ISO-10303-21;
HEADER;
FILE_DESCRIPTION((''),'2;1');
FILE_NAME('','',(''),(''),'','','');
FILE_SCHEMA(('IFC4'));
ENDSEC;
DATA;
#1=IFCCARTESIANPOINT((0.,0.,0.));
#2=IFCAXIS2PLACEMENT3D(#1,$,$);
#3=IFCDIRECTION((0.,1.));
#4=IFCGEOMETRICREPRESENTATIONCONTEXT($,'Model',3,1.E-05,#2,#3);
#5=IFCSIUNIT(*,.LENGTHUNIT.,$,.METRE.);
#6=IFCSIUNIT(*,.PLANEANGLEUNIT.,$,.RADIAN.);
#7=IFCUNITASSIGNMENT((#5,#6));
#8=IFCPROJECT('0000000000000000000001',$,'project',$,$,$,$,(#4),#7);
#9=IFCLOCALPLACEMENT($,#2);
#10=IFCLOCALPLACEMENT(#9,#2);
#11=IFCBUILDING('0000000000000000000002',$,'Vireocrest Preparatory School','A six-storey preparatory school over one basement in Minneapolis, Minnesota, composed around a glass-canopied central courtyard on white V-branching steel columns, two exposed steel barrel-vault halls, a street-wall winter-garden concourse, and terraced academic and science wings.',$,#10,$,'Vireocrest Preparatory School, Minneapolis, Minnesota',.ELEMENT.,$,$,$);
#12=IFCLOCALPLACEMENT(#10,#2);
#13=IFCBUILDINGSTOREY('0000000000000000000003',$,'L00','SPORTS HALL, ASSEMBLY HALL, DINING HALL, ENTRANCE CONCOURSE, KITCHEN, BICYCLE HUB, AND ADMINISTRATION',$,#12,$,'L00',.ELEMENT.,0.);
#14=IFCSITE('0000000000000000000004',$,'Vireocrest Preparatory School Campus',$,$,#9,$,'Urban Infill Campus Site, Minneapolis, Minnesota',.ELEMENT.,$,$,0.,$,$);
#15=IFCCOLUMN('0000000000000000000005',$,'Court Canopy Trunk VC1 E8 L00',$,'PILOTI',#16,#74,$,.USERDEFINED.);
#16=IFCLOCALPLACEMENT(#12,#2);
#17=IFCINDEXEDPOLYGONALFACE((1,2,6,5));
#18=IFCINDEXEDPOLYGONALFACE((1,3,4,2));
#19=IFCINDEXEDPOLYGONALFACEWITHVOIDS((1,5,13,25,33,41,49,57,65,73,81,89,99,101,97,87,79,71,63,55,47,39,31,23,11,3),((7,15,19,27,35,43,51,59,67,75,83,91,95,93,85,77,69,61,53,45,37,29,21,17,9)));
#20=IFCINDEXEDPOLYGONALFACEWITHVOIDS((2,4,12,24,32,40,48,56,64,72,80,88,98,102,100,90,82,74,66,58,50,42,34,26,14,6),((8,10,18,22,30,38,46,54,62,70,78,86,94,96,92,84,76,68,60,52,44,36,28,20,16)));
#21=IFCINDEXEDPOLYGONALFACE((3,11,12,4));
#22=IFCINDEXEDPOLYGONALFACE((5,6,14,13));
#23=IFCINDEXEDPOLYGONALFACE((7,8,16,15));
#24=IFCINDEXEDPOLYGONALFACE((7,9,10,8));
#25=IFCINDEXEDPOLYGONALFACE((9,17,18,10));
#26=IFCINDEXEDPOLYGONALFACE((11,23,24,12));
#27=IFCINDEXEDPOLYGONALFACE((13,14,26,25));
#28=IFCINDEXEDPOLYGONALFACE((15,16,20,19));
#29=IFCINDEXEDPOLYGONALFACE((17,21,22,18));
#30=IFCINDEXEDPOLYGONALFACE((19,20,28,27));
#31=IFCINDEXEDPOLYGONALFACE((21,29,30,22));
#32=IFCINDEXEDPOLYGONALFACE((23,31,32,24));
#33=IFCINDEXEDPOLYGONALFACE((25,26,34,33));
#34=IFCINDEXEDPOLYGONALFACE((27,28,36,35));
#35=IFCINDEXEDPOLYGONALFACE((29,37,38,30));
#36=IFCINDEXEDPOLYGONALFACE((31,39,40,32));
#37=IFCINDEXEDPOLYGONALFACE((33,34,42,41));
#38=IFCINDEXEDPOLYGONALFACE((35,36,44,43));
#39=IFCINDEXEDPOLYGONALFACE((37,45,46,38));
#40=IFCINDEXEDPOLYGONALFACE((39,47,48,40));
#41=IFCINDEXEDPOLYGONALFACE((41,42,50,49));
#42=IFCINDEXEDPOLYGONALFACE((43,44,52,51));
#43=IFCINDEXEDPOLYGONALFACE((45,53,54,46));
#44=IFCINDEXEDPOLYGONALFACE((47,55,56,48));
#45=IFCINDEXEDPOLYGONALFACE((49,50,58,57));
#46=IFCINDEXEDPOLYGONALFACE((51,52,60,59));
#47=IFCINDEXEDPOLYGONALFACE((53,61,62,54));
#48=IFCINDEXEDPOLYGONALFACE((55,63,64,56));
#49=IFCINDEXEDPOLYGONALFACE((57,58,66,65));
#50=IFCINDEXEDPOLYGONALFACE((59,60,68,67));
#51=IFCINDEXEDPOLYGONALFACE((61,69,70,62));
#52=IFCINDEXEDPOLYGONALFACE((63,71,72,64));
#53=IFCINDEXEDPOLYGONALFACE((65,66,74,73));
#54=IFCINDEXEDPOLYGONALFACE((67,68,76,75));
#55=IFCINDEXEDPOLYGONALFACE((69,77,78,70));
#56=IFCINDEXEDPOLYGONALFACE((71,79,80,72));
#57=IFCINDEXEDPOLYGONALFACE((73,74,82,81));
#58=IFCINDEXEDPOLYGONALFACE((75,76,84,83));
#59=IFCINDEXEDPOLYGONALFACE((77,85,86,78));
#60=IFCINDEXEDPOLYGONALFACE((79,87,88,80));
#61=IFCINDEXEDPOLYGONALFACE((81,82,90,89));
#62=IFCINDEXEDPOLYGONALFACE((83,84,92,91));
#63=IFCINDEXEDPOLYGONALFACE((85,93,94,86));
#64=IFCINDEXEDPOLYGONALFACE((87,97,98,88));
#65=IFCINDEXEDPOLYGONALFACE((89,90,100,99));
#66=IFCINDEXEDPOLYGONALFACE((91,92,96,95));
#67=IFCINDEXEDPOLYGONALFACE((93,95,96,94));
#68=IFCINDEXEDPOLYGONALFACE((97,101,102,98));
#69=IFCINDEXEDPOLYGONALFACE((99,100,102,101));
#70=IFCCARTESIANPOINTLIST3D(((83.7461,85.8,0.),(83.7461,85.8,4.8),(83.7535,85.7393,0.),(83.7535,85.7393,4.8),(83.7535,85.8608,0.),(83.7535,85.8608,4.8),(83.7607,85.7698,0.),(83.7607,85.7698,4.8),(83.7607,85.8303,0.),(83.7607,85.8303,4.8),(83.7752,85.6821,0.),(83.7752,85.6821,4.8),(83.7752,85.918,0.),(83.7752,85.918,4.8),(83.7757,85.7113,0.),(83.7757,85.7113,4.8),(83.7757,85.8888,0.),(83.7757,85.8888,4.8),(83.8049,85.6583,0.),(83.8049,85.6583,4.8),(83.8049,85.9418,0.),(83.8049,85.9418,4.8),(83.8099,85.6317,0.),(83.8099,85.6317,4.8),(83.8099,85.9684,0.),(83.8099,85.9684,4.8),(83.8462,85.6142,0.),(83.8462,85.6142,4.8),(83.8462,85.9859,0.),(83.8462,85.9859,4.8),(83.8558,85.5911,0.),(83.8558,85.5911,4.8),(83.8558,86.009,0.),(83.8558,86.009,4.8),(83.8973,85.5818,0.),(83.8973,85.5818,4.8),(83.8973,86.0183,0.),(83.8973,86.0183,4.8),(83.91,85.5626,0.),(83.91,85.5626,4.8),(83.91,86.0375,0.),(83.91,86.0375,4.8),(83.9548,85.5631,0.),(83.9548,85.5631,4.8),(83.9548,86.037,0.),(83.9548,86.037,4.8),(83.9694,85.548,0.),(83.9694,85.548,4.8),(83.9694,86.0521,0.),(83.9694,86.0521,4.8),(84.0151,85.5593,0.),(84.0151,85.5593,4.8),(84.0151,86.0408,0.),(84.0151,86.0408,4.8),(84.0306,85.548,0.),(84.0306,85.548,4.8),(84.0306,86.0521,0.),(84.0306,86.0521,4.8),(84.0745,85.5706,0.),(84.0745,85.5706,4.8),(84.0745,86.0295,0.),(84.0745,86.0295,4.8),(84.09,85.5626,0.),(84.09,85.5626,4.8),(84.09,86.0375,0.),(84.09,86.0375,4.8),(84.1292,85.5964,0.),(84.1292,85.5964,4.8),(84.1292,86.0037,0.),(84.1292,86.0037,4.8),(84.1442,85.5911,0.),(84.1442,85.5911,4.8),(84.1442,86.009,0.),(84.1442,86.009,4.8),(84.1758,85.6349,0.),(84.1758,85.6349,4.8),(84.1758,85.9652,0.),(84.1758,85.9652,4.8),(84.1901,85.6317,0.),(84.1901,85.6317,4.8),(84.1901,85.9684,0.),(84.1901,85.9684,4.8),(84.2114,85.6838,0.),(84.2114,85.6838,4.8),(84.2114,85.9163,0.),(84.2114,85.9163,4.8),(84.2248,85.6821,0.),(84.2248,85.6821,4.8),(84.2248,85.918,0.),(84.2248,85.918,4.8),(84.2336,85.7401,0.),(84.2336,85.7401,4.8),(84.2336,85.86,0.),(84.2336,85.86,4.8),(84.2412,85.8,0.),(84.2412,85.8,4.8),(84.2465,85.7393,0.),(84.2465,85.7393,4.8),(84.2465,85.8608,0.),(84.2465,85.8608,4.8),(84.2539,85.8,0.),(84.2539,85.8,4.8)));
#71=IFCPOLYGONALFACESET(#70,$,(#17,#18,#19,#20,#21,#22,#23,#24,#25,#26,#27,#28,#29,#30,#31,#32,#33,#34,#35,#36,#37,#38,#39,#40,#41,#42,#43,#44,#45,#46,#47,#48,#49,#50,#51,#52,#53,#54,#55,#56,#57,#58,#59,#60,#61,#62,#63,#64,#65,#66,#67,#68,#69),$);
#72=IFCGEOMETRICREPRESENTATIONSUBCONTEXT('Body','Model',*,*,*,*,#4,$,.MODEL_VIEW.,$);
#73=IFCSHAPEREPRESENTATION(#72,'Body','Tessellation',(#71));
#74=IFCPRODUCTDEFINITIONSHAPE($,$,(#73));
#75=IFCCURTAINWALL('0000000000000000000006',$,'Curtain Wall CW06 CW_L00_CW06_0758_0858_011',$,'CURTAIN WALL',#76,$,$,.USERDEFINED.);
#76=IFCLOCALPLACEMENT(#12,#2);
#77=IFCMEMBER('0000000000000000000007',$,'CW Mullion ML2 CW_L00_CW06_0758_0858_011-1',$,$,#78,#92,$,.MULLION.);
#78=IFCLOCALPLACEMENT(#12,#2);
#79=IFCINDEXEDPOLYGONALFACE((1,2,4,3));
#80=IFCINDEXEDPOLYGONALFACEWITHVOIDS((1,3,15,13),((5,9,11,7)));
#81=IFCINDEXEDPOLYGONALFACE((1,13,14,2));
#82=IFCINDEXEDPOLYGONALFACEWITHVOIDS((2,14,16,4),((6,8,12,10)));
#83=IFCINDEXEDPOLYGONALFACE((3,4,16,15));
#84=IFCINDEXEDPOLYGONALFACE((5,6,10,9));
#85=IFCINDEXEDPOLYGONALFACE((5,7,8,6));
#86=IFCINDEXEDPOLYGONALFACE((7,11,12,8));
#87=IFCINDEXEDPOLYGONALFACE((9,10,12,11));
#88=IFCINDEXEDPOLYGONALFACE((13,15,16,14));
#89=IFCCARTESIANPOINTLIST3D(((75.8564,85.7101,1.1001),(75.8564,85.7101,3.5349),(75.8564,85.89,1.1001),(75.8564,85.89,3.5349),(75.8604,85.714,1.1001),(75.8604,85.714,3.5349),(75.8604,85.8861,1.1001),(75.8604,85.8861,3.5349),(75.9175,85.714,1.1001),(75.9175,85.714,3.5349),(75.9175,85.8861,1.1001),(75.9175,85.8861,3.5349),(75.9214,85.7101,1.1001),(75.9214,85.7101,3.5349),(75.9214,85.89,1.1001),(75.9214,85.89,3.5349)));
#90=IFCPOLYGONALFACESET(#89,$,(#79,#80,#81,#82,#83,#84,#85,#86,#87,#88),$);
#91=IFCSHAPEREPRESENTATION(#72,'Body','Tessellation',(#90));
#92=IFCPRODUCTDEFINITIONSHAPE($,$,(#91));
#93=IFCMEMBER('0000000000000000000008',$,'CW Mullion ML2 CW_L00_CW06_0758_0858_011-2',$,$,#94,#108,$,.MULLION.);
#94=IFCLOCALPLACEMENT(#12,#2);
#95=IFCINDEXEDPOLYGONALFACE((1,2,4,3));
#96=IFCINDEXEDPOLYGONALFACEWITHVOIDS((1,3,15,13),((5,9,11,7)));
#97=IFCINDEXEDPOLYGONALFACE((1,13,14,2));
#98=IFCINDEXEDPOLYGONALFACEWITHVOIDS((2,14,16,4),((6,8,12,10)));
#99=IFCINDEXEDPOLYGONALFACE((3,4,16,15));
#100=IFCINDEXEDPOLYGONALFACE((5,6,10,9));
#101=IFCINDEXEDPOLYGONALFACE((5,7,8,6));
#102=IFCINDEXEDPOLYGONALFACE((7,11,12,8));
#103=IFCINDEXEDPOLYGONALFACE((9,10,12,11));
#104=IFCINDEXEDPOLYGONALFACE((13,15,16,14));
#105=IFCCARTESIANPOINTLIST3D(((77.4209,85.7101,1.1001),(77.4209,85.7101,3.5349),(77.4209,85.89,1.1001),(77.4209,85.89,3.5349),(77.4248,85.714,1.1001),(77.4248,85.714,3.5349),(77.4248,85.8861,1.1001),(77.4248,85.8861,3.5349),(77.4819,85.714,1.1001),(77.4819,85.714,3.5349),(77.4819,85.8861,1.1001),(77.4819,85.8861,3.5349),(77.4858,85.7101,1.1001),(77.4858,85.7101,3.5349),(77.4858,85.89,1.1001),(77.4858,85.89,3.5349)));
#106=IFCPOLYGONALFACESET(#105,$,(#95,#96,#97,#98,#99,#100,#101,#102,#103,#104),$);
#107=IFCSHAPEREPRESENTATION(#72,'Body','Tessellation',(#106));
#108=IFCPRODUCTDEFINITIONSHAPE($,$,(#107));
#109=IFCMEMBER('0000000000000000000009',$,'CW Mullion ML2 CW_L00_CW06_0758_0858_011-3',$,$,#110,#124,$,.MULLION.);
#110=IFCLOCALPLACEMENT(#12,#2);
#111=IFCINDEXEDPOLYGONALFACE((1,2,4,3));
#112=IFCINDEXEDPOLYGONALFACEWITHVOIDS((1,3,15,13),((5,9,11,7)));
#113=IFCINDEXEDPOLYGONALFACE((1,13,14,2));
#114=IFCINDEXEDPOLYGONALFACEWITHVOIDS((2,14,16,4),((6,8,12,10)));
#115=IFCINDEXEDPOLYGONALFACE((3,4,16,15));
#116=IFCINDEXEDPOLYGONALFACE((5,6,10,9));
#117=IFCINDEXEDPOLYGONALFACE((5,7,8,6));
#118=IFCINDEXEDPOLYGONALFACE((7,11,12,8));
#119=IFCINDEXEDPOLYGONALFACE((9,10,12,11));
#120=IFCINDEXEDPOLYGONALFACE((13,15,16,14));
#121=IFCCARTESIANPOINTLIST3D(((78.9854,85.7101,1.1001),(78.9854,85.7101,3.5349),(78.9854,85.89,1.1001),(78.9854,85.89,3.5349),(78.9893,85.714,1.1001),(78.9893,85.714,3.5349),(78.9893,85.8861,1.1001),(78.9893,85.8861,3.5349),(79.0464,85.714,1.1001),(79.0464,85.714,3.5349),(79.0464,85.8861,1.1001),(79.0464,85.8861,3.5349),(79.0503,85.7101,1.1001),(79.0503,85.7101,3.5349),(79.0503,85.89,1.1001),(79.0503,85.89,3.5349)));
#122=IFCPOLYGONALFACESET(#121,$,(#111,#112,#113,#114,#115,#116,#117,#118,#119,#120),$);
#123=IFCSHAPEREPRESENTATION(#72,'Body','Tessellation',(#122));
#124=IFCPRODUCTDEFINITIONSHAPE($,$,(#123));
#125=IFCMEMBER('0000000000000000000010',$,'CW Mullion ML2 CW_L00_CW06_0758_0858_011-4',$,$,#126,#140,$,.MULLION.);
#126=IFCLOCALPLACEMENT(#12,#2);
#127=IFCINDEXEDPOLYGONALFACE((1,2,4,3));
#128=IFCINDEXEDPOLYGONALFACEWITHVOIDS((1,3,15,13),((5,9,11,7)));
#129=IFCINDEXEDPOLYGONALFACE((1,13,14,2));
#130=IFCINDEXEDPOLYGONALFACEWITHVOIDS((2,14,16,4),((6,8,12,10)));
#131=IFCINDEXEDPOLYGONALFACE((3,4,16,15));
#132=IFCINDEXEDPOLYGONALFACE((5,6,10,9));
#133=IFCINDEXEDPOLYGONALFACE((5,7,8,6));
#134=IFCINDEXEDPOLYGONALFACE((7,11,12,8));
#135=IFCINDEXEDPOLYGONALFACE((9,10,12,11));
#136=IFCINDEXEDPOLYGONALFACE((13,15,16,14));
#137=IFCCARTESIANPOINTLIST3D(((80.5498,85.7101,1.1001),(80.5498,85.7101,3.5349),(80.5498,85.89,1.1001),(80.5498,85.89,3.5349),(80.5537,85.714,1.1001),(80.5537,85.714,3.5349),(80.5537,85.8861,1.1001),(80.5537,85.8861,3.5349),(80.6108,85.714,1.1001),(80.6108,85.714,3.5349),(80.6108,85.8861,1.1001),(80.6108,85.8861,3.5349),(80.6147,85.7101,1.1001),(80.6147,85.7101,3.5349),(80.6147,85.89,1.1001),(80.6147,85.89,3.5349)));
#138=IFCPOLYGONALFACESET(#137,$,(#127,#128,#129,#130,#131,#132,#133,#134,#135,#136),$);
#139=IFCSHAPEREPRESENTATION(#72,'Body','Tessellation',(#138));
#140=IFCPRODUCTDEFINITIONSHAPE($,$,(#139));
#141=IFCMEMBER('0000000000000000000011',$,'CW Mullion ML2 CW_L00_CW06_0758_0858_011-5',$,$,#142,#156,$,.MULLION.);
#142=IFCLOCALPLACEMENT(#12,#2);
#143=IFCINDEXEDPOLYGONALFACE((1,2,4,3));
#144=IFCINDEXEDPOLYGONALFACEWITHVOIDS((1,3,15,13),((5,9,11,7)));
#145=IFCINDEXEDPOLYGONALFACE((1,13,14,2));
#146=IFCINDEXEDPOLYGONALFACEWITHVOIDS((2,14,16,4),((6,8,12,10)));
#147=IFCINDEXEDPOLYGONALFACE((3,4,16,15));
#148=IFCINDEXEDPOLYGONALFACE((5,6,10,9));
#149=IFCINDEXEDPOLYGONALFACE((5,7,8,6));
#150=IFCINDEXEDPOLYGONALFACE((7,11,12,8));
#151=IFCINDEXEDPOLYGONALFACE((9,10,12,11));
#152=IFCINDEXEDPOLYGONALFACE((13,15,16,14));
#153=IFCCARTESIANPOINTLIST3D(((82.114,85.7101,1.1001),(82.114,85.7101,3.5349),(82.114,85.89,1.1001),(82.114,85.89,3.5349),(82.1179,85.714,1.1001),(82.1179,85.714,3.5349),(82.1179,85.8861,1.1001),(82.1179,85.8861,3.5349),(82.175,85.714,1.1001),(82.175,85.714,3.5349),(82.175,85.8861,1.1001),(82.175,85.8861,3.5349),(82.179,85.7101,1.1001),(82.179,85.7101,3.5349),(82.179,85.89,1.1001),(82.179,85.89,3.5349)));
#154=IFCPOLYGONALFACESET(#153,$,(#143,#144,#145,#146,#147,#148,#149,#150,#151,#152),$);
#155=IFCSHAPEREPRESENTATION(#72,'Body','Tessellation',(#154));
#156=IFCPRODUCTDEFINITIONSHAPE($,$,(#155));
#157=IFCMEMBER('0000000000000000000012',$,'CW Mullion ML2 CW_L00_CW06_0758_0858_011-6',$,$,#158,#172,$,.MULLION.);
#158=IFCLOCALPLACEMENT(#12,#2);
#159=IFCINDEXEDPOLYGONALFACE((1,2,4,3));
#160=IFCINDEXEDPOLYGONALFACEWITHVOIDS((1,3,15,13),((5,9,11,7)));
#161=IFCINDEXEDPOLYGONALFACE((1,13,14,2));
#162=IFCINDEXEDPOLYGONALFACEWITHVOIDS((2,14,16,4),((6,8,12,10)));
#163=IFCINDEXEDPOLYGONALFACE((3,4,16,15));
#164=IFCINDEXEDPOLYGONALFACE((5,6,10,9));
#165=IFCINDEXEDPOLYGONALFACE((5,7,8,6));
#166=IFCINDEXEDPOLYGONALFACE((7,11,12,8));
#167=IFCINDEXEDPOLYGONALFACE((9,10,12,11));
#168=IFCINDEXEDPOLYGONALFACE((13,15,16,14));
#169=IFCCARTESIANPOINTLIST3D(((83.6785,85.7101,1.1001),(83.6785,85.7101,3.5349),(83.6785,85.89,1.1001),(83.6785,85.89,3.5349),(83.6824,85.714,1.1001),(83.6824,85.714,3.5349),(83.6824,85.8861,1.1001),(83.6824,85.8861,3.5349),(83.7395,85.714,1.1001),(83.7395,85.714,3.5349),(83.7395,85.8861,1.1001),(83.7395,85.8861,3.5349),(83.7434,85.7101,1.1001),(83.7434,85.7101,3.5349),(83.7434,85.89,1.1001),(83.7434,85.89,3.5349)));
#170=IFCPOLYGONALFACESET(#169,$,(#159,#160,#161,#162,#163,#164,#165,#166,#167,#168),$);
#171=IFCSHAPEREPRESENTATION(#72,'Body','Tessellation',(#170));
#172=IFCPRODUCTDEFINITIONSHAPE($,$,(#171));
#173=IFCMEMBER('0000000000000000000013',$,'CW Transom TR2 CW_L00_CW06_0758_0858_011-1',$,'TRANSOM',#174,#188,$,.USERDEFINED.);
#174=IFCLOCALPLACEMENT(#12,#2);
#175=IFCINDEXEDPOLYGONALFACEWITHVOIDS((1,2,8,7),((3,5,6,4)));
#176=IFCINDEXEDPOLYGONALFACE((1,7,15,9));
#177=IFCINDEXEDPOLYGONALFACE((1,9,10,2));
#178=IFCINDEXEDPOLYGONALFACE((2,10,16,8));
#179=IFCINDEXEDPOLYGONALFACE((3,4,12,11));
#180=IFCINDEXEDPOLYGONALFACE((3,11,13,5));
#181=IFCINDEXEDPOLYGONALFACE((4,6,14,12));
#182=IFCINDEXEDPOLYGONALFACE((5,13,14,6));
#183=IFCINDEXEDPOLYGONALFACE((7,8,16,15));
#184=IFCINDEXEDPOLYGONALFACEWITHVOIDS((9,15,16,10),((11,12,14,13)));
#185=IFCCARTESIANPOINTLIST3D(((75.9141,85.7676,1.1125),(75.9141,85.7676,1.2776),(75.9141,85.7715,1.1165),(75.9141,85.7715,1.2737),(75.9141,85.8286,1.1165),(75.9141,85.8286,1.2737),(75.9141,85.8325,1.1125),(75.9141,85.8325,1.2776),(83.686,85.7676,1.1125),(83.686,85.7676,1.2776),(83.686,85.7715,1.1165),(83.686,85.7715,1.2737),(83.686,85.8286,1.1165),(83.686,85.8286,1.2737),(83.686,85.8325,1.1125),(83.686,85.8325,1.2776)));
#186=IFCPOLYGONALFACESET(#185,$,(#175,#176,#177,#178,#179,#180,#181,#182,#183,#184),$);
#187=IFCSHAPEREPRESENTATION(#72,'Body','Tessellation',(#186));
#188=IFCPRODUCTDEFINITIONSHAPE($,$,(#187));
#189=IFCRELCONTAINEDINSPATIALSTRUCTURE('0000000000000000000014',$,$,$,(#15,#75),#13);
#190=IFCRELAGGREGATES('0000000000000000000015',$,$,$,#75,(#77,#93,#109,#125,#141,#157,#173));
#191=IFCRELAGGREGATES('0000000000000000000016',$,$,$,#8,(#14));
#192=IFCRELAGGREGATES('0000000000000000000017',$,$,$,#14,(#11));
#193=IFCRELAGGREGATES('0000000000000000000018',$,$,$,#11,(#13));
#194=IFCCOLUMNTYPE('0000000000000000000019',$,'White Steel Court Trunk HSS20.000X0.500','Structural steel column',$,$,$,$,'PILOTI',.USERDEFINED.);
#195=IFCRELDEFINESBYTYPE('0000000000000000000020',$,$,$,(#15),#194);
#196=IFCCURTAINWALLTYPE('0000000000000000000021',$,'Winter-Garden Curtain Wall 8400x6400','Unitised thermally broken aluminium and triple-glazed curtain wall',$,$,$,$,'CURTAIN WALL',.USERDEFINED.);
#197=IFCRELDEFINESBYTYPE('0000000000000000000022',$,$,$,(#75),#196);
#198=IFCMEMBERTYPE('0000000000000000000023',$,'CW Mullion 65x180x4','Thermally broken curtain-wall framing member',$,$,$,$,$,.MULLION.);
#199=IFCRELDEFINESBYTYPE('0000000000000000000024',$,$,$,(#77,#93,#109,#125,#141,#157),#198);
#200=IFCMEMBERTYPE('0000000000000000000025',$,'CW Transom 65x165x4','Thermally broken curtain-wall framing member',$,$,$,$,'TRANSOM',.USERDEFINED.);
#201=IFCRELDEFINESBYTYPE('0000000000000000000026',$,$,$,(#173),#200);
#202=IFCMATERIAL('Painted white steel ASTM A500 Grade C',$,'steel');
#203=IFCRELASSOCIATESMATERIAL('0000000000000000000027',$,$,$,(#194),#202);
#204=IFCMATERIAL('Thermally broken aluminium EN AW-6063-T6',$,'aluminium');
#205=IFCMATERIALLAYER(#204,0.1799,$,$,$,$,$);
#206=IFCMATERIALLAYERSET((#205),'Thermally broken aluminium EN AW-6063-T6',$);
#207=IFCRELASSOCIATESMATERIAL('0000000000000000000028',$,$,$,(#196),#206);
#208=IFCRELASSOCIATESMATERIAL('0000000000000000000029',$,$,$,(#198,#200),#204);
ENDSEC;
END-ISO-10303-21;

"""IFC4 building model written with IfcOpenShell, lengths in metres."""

from ifc_helpers import new_model, si_unit, direction, frame, origin, origin_2d, place, context, subcontext, project, spatial, hollow_rectangle, hollow_circle, extrude, material, layer, layer_set, material_profile, profile_set, type_object, element, aggregate, save


model = new_model("IFC4")

# Units and contexts
model_context = context("Model", 3, precision=1e-05, world=origin(), true_north=direction((0.0, 1.0)))
body_context = subcontext(model_context, "Body", "Model", "MODEL_VIEW")
ifc_project = project(units=[si_unit("LENGTHUNIT", "METRE"), si_unit("PLANEANGLEUNIT", "RADIAN")], contexts=[model_context])

# Site, building, storey
site_placement = place(None, origin())
site = spatial("IfcSite", under=ifc_project, at=site_placement, Name="Vireocrest Preparatory School Campus", LongName="Urban Infill Campus Site, Minneapolis, Minnesota", CompositionType="ELEMENT", RefElevation=0.0)
building_placement = place(site_placement, origin())
building = spatial("IfcBuilding", under=site, at=building_placement, Name="Vireocrest Preparatory School", Description="A six-storey preparatory school over one basement in Minneapolis, Minnesota, composed around a glass-canopied central courtyard on white V-branching steel columns, two exposed steel barrel-vault halls, a street-wall winter-garden concourse, and terraced academic and science wings.", LongName="Vireocrest Preparatory School, Minneapolis, Minnesota", CompositionType="ELEMENT")
storey_placement = place(building_placement, origin())
storey = spatial("IfcBuildingStorey", under=building, at=storey_placement, Name="L00", Description="SPORTS HALL, ASSEMBLY HALL, DINING HALL, ENTRANCE CONCOURSE, KITCHEN, BICYCLE HUB, AND ADMINISTRATION", LongName="L00", CompositionType="ELEMENT", Elevation=0.0)

# Column
ifc_material_1 = material(Name="Painted white steel ASTM A500 Grade C", Category="steel")
ifc_material_profile_1 = material_profile(ifc_material_1, hollow_circle(Radius=0.2539, WallThickness=0.0127, at=origin_2d()), Name="HSS20.000X0.500")
ifc_profile_set_1 = profile_set([ifc_material_profile_1], Name="Painted white steel ASTM A500 Grade C")
column_type = type_object("IfcColumnType", Name="White Steel Court Trunk HSS20.000X0.500", Description="Structural steel column", ElementType="PILOTI", PredefinedType="USERDEFINED", material=ifc_profile_set_1)
column_placement = place(storey_placement, frame((84.0, 85.8, 0.0), z_axis=(0.0, 0.0, 1.0), x_axis=(1.0, 0.0, 0.0)))
element("IfcColumn", 1, at=column_placement, inside=storey, type_object=column_type, Name="Court Canopy Trunk VC1 E8 L00", ObjectType="PILOTI", PredefinedType="USERDEFINED", context=body_context, shape_type="SweptSolid", body=[
    extrude(hollow_circle(Radius=0.2539, WallThickness=0.0127, at=origin_2d()), origin(), (0.0, 0.0, 1.0), 4.8),
])

# Curtain wall, members
ifc_material_2 = material(Name="Thermally broken aluminium EN AW-6063-T6", Category="aluminium")
ifc_layer_1 = layer(ifc_material_2, 0.1799)
ifc_layer_set_1 = layer_set([ifc_layer_1], Name="Thermally broken aluminium EN AW-6063-T6")
curtain_wall_type = type_object("IfcCurtainWallType", Name="Winter-Garden Curtain Wall 8400x6400", Description="Unitised thermally broken aluminium and triple-glazed curtain wall", ElementType="CURTAIN WALL", PredefinedType="USERDEFINED", material=ifc_layer_set_1)
curtain_wall_placement = place(storey_placement, origin())
curtain_wall = element("IfcCurtainWall", 2, at=curtain_wall_placement, inside=storey, type_object=curtain_wall_type, Name="Curtain Wall CW06 CW_L00_CW06_0758_0858_011", ObjectType="CURTAIN WALL", PredefinedType="USERDEFINED")
ifc_material_profile_2 = material_profile(ifc_material_2, hollow_rectangle(XDim=0.0649, YDim=0.1799, WallThickness=0.0039, at=origin_2d()), Name="ALU 65x180x4")
ifc_profile_set_2 = profile_set([ifc_material_profile_2], Name="Thermally broken aluminium EN AW-6063-T6")
member_type_1 = type_object("IfcMemberType", Name="CW Mullion 65x180x4", Description="Thermally broken curtain-wall framing member", PredefinedType="MULLION", material=ifc_profile_set_2)
member_1_placement = place(storey_placement, frame((75.8889, 85.8, 1.1001), z_axis=(0.0, 0.0, 1.0), x_axis=(1.0, 0.0, 0.0)))
member_1 = element("IfcMember", 3, at=member_1_placement, type_object=member_type_1, Name="CW Mullion ML2 CW_L00_CW06_0758_0858_011-1", PredefinedType="MULLION", context=body_context, shape_type="SweptSolid", body=[
    extrude(hollow_rectangle(XDim=0.0649, YDim=0.1799, WallThickness=0.0039, at=origin_2d()), origin(), (0.0, 0.0, 1.0), 2.4348),
])
member_2_placement = place(storey_placement, frame((77.4534, 85.8, 1.1001), z_axis=(0.0, 0.0, 1.0), x_axis=(1.0, 0.0, 0.0)))
member_2 = element("IfcMember", 4, at=member_2_placement, type_object=member_type_1, Name="CW Mullion ML2 CW_L00_CW06_0758_0858_011-2", PredefinedType="MULLION", context=body_context, shape_type="SweptSolid", body=[
    extrude(hollow_rectangle(XDim=0.0649, YDim=0.1799, WallThickness=0.0039, at=origin_2d()), origin(), (0.0, 0.0, 1.0), 2.4348),
])
member_3_placement = place(storey_placement, frame((79.0178, 85.8, 1.1001), z_axis=(0.0, 0.0, 1.0), x_axis=(1.0, 0.0, 0.0)))
member_3 = element("IfcMember", 5, at=member_3_placement, type_object=member_type_1, Name="CW Mullion ML2 CW_L00_CW06_0758_0858_011-3", PredefinedType="MULLION", context=body_context, shape_type="SweptSolid", body=[
    extrude(hollow_rectangle(XDim=0.0649, YDim=0.1799, WallThickness=0.0039, at=origin_2d()), origin(), (0.0, 0.0, 1.0), 2.4348),
])
member_4_placement = place(storey_placement, frame((80.5823, 85.8, 1.1001), z_axis=(0.0, 0.0, 1.0), x_axis=(1.0, 0.0, 0.0)))
member_4 = element("IfcMember", 6, at=member_4_placement, type_object=member_type_1, Name="CW Mullion ML2 CW_L00_CW06_0758_0858_011-4", PredefinedType="MULLION", context=body_context, shape_type="SweptSolid", body=[
    extrude(hollow_rectangle(XDim=0.0649, YDim=0.1799, WallThickness=0.0039, at=origin_2d()), origin(), (0.0, 0.0, 1.0), 2.4348),
])
member_5_placement = place(storey_placement, frame((82.1465, 85.8, 1.1001), z_axis=(0.0, 0.0, 1.0), x_axis=(1.0, 0.0, 0.0)))
member_5 = element("IfcMember", 7, at=member_5_placement, type_object=member_type_1, Name="CW Mullion ML2 CW_L00_CW06_0758_0858_011-5", PredefinedType="MULLION", context=body_context, shape_type="SweptSolid", body=[
    extrude(hollow_rectangle(XDim=0.0649, YDim=0.1799, WallThickness=0.0039, at=origin_2d()), origin(), (0.0, 0.0, 1.0), 2.4348),
])
member_6_placement = place(storey_placement, frame((83.7109, 85.8, 1.1001), z_axis=(0.0, 0.0, 1.0), x_axis=(1.0, 0.0, 0.0)))
member_6 = element("IfcMember", 8, at=member_6_placement, type_object=member_type_1, Name="CW Mullion ML2 CW_L00_CW06_0758_0858_011-6", PredefinedType="MULLION", context=body_context, shape_type="SweptSolid", body=[
    extrude(hollow_rectangle(XDim=0.0649, YDim=0.1799, WallThickness=0.0039, at=origin_2d()), origin(), (0.0, 0.0, 1.0), 2.4348),
])
ifc_material_profile_3 = material_profile(ifc_material_2, hollow_rectangle(XDim=0.0649, YDim=0.165, WallThickness=0.0039, at=origin_2d()), Name="ALU 65x165x4")
ifc_profile_set_3 = profile_set([ifc_material_profile_3], Name="Thermally broken aluminium EN AW-6063-T6")
member_type_2 = type_object("IfcMemberType", Name="CW Transom 65x165x4", Description="Thermally broken curtain-wall framing member", ElementType="TRANSOM", PredefinedType="USERDEFINED", material=ifc_profile_set_3)
member_7_placement = place(storey_placement, frame((75.9141, 85.8, 1.1951), z_axis=(1.0, 0.0, 0.0), x_axis=(0.0, 1.0, 0.0)))
member_7 = element("IfcMember", 9, at=member_7_placement, type_object=member_type_2, Name="CW Transom TR2 CW_L00_CW06_0758_0858_011-1", ObjectType="TRANSOM", PredefinedType="USERDEFINED", context=body_context, shape_type="SweptSolid", body=[
    extrude(hollow_rectangle(XDim=0.0649, YDim=0.165, WallThickness=0.0039, at=origin_2d()), origin(), (0.0, 0.0, 1.0), 7.772),
])

aggregate(curtain_wall, [member_1, member_2, member_3, member_4, member_5, member_6, member_7])

save(model, "model.ifc")
